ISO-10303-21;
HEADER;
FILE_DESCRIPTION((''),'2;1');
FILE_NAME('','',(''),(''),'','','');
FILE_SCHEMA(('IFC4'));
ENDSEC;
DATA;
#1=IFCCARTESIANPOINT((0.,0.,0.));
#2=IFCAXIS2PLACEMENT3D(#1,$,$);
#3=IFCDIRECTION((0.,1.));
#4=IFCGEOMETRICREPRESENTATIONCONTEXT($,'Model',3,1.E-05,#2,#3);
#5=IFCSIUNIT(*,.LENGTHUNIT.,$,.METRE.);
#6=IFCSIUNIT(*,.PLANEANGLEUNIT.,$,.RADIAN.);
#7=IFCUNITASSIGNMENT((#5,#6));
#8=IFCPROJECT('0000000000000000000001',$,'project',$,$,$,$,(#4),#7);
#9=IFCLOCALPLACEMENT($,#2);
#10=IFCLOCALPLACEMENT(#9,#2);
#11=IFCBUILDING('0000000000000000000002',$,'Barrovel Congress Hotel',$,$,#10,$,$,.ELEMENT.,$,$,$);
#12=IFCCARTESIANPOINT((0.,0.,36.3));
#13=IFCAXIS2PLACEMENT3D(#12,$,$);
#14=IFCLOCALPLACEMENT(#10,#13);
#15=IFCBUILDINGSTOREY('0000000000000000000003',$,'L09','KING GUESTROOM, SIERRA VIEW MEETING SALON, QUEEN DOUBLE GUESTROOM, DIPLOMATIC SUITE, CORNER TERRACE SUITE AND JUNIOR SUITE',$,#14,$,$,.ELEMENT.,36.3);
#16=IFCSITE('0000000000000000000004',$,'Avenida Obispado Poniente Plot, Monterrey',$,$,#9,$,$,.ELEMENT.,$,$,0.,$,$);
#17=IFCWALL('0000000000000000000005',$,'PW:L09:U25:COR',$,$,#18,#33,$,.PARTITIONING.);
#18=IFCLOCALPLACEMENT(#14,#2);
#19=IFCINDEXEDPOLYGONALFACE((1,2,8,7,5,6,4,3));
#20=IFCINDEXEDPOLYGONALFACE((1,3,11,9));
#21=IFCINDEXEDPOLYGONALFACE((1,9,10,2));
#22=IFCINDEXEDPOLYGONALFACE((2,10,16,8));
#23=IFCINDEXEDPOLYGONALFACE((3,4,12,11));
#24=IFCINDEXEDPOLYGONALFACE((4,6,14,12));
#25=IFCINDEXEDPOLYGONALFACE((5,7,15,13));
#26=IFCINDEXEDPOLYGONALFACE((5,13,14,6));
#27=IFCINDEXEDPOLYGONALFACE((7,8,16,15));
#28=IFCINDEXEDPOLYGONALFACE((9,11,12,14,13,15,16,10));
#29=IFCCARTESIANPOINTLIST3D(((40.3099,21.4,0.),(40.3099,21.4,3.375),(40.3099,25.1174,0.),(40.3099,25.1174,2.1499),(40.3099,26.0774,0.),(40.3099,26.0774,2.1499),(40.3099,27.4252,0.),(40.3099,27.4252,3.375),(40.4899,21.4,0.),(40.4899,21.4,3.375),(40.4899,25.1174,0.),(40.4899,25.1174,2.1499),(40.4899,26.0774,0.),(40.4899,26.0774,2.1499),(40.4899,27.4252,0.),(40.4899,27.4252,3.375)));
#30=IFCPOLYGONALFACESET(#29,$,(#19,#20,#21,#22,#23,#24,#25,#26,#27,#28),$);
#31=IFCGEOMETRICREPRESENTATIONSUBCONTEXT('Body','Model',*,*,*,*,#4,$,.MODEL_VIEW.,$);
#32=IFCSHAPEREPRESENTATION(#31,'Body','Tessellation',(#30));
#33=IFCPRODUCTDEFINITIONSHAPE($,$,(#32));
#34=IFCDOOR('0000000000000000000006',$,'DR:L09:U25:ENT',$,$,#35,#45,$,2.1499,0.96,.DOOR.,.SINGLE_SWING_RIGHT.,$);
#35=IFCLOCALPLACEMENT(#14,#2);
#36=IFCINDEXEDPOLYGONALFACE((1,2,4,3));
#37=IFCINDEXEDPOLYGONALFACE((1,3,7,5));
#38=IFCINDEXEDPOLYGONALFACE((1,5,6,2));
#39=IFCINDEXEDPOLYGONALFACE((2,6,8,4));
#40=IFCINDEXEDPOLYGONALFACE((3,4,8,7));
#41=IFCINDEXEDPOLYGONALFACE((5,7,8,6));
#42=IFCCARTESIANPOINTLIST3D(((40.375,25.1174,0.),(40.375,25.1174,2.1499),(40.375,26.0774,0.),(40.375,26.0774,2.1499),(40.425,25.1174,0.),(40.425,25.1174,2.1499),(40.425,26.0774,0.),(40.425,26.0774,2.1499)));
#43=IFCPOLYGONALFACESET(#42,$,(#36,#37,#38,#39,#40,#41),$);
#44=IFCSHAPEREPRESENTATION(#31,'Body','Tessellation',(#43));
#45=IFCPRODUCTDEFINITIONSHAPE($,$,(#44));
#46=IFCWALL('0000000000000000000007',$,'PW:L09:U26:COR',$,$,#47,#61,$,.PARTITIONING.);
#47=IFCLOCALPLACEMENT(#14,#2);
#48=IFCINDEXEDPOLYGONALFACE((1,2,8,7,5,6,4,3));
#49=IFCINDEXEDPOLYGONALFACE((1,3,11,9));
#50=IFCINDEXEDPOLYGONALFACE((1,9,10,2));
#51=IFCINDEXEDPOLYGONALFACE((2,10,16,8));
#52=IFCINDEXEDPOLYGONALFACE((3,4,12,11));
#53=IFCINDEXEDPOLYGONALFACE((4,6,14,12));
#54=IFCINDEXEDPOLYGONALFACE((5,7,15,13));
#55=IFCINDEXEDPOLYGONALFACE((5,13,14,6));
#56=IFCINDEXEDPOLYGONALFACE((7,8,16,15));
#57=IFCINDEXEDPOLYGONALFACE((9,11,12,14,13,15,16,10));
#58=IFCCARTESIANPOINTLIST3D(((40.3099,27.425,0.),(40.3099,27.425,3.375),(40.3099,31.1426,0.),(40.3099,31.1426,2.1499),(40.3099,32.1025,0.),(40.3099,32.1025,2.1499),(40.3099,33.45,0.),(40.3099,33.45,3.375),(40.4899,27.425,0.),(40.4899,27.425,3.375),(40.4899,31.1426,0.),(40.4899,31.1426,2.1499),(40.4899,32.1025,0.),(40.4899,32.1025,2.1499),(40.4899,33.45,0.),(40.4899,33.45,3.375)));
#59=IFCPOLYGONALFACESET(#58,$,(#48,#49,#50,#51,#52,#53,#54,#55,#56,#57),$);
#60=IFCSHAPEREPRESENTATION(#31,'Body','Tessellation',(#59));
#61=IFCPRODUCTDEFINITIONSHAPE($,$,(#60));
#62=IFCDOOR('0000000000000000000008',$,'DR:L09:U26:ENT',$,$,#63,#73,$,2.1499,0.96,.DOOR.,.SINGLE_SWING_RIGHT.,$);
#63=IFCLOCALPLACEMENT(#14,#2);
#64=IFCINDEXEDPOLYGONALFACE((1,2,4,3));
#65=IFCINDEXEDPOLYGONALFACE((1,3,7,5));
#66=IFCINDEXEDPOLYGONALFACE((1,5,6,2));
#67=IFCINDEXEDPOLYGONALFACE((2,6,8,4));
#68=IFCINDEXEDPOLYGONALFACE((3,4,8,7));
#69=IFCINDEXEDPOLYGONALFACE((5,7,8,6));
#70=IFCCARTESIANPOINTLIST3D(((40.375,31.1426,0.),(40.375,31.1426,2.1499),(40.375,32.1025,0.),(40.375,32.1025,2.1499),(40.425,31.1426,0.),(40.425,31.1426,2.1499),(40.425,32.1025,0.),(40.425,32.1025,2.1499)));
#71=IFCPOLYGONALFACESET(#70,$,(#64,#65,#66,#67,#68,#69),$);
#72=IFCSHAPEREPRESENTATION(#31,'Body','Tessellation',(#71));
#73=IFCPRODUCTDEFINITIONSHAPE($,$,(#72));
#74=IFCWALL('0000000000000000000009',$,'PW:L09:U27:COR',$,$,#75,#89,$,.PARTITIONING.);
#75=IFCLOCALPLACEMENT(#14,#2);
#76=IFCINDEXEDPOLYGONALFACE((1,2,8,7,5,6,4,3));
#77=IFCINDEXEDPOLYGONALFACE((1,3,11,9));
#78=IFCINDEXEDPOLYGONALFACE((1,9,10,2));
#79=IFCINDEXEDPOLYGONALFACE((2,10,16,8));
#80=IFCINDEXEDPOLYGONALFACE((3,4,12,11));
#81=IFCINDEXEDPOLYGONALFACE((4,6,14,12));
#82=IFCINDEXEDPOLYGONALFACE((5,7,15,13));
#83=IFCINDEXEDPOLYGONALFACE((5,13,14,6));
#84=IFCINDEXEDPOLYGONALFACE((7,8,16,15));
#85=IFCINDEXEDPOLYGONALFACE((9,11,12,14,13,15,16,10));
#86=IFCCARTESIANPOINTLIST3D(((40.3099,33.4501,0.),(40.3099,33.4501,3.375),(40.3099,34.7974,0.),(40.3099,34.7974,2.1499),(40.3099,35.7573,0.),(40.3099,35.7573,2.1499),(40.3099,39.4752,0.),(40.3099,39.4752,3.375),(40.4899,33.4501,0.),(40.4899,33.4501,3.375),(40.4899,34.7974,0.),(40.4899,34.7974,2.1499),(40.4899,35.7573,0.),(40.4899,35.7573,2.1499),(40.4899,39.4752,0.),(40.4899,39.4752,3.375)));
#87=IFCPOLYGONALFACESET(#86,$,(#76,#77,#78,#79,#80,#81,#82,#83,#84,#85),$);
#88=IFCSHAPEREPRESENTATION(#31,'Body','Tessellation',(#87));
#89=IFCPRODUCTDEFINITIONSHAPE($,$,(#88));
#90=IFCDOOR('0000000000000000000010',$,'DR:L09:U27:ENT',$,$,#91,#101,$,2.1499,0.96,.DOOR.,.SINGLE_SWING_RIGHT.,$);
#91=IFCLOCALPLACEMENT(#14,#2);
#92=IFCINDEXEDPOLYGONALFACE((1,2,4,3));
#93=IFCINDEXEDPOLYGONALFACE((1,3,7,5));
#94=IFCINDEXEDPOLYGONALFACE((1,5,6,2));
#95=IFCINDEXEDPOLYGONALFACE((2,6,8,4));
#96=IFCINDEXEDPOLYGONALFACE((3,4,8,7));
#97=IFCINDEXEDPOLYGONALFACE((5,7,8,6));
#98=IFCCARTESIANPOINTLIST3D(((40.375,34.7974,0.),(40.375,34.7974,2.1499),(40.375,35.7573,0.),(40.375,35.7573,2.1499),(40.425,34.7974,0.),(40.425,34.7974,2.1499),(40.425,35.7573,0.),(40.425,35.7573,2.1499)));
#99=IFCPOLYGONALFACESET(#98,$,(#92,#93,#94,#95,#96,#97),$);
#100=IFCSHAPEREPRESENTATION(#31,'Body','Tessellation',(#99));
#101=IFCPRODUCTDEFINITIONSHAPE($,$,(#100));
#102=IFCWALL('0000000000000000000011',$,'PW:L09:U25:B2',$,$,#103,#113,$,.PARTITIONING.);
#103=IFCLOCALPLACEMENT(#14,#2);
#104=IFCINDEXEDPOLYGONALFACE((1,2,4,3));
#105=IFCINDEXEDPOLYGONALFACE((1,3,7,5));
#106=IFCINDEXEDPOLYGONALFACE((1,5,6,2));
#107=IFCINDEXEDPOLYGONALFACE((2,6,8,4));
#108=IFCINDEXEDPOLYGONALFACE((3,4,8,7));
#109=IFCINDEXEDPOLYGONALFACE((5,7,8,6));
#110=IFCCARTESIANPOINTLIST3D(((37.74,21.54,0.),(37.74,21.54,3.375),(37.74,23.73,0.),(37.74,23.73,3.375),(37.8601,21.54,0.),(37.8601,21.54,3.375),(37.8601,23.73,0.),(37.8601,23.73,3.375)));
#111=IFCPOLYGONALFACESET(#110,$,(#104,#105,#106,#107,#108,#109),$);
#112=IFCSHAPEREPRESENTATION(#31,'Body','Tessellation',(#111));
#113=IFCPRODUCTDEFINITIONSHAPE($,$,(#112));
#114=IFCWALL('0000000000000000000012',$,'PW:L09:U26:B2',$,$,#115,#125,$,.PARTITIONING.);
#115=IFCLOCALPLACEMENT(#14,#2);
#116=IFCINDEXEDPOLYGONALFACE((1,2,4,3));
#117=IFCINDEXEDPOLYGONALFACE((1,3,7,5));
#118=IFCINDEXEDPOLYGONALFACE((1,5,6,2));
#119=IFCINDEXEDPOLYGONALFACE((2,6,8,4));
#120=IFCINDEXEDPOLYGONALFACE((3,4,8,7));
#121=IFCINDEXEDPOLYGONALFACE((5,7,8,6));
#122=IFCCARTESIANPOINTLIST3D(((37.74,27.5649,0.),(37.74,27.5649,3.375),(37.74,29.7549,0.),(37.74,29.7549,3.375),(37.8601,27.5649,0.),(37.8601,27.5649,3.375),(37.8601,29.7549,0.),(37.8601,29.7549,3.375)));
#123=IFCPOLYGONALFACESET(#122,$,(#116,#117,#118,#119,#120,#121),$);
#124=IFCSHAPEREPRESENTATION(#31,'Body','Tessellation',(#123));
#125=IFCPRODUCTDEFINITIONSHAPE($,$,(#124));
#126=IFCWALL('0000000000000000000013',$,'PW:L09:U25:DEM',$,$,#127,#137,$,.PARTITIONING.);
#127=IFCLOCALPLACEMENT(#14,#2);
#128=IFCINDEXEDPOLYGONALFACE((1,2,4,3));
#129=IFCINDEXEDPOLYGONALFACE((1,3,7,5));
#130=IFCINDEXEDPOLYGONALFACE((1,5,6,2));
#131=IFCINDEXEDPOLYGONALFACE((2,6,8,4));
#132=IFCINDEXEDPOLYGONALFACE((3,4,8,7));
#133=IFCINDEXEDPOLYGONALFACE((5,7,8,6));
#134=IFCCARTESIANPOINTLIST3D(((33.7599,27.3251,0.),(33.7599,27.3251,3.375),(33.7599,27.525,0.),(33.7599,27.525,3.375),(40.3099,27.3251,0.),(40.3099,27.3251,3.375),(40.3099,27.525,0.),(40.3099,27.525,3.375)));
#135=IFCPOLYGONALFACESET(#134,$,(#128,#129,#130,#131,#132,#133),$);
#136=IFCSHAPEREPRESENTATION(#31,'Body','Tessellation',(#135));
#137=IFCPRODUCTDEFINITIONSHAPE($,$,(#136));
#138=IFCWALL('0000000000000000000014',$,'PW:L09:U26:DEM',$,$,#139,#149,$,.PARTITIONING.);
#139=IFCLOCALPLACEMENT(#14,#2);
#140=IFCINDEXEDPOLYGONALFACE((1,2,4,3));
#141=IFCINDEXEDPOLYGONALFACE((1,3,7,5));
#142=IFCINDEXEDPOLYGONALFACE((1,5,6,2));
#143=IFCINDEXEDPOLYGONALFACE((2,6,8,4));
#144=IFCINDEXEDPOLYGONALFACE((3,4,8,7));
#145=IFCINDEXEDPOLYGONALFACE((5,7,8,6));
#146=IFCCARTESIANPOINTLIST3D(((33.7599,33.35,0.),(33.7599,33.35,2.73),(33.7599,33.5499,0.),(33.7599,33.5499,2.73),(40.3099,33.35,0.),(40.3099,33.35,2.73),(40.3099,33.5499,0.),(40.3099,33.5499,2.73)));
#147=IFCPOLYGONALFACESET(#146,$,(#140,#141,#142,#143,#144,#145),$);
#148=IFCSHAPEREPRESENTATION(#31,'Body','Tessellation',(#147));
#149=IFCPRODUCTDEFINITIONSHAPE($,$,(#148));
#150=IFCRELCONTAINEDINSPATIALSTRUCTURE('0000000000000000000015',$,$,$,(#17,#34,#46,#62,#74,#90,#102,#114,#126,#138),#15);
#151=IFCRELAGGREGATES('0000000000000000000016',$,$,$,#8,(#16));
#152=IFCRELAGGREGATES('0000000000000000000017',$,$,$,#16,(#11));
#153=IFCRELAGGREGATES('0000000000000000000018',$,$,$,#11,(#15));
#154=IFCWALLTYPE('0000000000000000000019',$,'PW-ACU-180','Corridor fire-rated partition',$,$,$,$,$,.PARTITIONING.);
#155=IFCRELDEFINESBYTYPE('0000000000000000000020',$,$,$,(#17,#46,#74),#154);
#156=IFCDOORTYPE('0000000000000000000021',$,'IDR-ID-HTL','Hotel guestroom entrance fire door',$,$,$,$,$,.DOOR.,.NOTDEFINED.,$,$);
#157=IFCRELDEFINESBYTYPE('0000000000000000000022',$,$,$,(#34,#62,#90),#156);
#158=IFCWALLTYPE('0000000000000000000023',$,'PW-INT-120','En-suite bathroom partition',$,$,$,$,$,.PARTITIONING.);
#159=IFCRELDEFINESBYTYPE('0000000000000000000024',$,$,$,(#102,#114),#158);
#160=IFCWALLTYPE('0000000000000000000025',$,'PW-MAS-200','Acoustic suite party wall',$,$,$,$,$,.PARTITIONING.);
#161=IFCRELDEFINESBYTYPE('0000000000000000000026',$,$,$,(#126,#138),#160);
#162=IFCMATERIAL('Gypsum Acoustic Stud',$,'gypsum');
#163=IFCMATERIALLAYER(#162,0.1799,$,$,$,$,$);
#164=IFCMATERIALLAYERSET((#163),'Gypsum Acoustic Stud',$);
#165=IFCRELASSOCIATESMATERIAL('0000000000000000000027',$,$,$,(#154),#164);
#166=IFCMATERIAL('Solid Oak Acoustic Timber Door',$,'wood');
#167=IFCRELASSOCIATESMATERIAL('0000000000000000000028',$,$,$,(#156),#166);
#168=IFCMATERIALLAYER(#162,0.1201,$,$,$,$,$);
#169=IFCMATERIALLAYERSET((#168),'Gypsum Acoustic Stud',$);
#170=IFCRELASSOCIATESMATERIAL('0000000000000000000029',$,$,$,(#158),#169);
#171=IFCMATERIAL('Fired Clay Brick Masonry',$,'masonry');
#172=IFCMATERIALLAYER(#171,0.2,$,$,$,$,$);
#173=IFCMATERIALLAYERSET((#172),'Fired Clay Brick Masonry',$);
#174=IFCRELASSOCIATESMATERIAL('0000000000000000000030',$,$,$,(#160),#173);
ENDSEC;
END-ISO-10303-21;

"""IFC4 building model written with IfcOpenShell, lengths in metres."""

from ifc_helpers import new_model, si_unit, direction, frame, frame_2d, origin, place, context, subcontext, project, spatial, rectangle, extrude, material, layer, layer_set, type_object, element, fill, save


model = new_model("IFC4")

# Units and contexts
model_context = context("Model", 3, precision=1e-05, world=origin(), true_north=direction((0.0, 1.0)))
body_context = subcontext(model_context, "Body", "Model", "MODEL_VIEW")
ifc_project = project(units=[si_unit("LENGTHUNIT", "METRE"), si_unit("PLANEANGLEUNIT", "RADIAN")], contexts=[model_context])

# Site, building, storey
site_placement = place(None, origin())
site = spatial("IfcSite", under=ifc_project, at=site_placement, Name="Avenida Obispado Poniente Plot, Monterrey", CompositionType="ELEMENT", RefElevation=0.0)
building_placement = place(site_placement, origin())
building = spatial("IfcBuilding", under=site, at=building_placement, Name="Barrovel Congress Hotel", CompositionType="ELEMENT")
storey_placement = place(building_placement, frame((0.0, 0.0, 36.3)))
storey = spatial("IfcBuildingStorey", under=building, at=storey_placement, Name="L09", Description="KING GUESTROOM, SIERRA VIEW MEETING SALON, QUEEN DOUBLE GUESTROOM, DIPLOMATIC SUITE, CORNER TERRACE SUITE AND JUNIOR SUITE", CompositionType="ELEMENT", Elevation=36.3)

# Shared definitions
ifc_material_1 = material(Name="Fired Clay Brick Masonry", Category="masonry")

# Walls, openings, doors
ifc_material_2 = material(Name="Gypsum Acoustic Stud", Category="gypsum")
ifc_layer_1 = layer(ifc_material_2, 0.1799)
ifc_layer_set_1 = layer_set([ifc_layer_1], Name="Gypsum Acoustic Stud")
wall_type_1 = type_object("IfcWallType", Name="PW-ACU-180", Description="Corridor fire-rated partition", PredefinedType="PARTITIONING", material=ifc_layer_set_1)
wall_1_placement = place(storey_placement, frame((40.3999, 21.3999, 0.0), z_axis=(0.0, 0.0, 1.0), x_axis=(0.0, 1.0, 0.0)))
wall_1 = element("IfcWall", 1, at=wall_1_placement, inside=storey, type_object=wall_type_1, Name="PW:L09:U25:COR", PredefinedType="PARTITIONING", context=body_context, shape_type="SweptSolid", body=[
    extrude(rectangle(XDim=6.0251, YDim=0.1799, at=frame_2d((3.0127, 0.0))), origin(), (0.0, 0.0, 1.0), 3.375),
])
opening_1_placement = place(wall_1_placement, frame((3.7175, 0.0, 0.0)))
opening_1 = element("IfcOpeningElement", 2, at=opening_1_placement, cuts=wall_1, PredefinedType="OPENING", context=body_context, shape_type="SweptSolid", body=[
    extrude(rectangle(XDim=0.96, YDim=2.1499, at=frame_2d((0.48, 1.075))), frame((0.0, 0.1001, 0.0), z_axis=(0.0, -1.0, 0.0), x_axis=(1.0, 0.0, 0.0)), (0.0, 0.0, 1.0), 0.2),
])
ifc_material_3 = material(Name="Solid Oak Acoustic Timber Door", Category="wood")
door_type_1 = type_object("IfcDoorType", Name="IDR-ID-HTL", Description="Hotel guestroom entrance fire door", OperationType="NOTDEFINED", PredefinedType="DOOR", material=ifc_material_3)
door_1_placement = place(opening_1_placement, origin())
door_1 = element("IfcDoor", 3, at=door_1_placement, inside=storey, type_object=door_type_1, Name="DR:L09:U25:ENT", OperationType="SINGLE_SWING_RIGHT", OverallHeight=2.1499, OverallWidth=0.96, PredefinedType="DOOR", context=body_context, shape_type="SweptSolid", body=[
    extrude(rectangle(XDim=0.96, YDim=2.1499, at=frame_2d((0.48, 1.075))), frame((0.0, 0.0249, 0.0), z_axis=(0.0, -1.0, 0.0), x_axis=(1.0, 0.0, 0.0)), (0.0, 0.0, 1.0), 0.05),
])
fill(opening_1, door_1)
wall_2_placement = place(storey_placement, frame((40.3999, 27.425, 0.0), z_axis=(0.0, 0.0, 1.0), x_axis=(0.0, 1.0, 0.0)))
wall_2 = element("IfcWall", 4, at=wall_2_placement, inside=storey, type_object=wall_type_1, Name="PW:L09:U26:COR", PredefinedType="PARTITIONING", context=body_context, shape_type="SweptSolid", body=[
    extrude(rectangle(XDim=6.0249, YDim=0.1799, at=frame_2d((3.0125, 0.0))), origin(), (0.0, 0.0, 1.0), 3.375),
])
opening_2_placement = place(wall_2_placement, frame((3.7175, 0.0, 0.0)))
opening_2 = element("IfcOpeningElement", 5, at=opening_2_placement, cuts=wall_2, PredefinedType="OPENING", context=body_context, shape_type="SweptSolid", body=[
    extrude(rectangle(XDim=0.96, YDim=2.1499, at=frame_2d((0.48, 1.075))), frame((0.0, 0.1001, 0.0), z_axis=(0.0, -1.0, 0.0), x_axis=(1.0, 0.0, 0.0)), (0.0, 0.0, 1.0), 0.2),
])
door_2_placement = place(opening_2_placement, origin())
door_2 = element("IfcDoor", 6, at=door_2_placement, inside=storey, type_object=door_type_1, Name="DR:L09:U26:ENT", OperationType="SINGLE_SWING_RIGHT", OverallHeight=2.1499, OverallWidth=0.96, PredefinedType="DOOR", context=body_context, shape_type="SweptSolid", body=[
    extrude(rectangle(XDim=0.96, YDim=2.1499, at=frame_2d((0.48, 1.075))), frame((0.0, 0.0249, 0.0), z_axis=(0.0, -1.0, 0.0), x_axis=(1.0, 0.0, 0.0)), (0.0, 0.0, 1.0), 0.05),
])
fill(opening_2, door_2)
wall_3_placement = place(storey_placement, frame((40.3999, 33.45, 0.0), z_axis=(0.0, 0.0, 1.0), x_axis=(0.0, 1.0, 0.0)))
wall_3 = element("IfcWall", 7, at=wall_3_placement, inside=storey, type_object=wall_type_1, Name="PW:L09:U27:COR", PredefinedType="PARTITIONING", context=body_context, shape_type="SweptSolid", body=[
    extrude(rectangle(XDim=6.0251, YDim=0.1799, at=frame_2d((3.0127, 0.0))), origin(), (0.0, 0.0, 1.0), 3.375),
])
opening_3_placement = place(wall_3_placement, frame((1.3474, 0.0, 0.0)))
opening_3 = element("IfcOpeningElement", 8, at=opening_3_placement, cuts=wall_3, PredefinedType="OPENING", context=body_context, shape_type="SweptSolid", body=[
    extrude(rectangle(XDim=0.96, YDim=2.1499, at=frame_2d((0.48, 1.075))), frame((0.0, 0.1001, 0.0), z_axis=(0.0, -1.0, 0.0), x_axis=(1.0, 0.0, 0.0)), (0.0, 0.0, 1.0), 0.2),
])
door_3_placement = place(opening_3_placement, origin())
door_3 = element("IfcDoor", 9, at=door_3_placement, inside=storey, type_object=door_type_1, Name="DR:L09:U27:ENT", OperationType="SINGLE_SWING_RIGHT", OverallHeight=2.1499, OverallWidth=0.96, PredefinedType="DOOR", context=body_context, shape_type="SweptSolid", body=[
    extrude(rectangle(XDim=0.96, YDim=2.1499, at=frame_2d((0.48, 1.075))), frame((0.0, 0.0249, 0.0), z_axis=(0.0, -1.0, 0.0), x_axis=(1.0, 0.0, 0.0)), (0.0, 0.0, 1.0), 0.05),
])
fill(opening_3, door_3)

# Walls
ifc_layer_2 = layer(ifc_material_2, 0.1201)
ifc_layer_set_2 = layer_set([ifc_layer_2], Name="Gypsum Acoustic Stud")
wall_type_2 = type_object("IfcWallType", Name="PW-INT-120", Description="En-suite bathroom partition", PredefinedType="PARTITIONING", material=ifc_layer_set_2)
for number, where, z_axis, x_axis, name in (
    (10, (37.8, 21.54, 0.0), (0.0, 0.0, 1.0), (0.0, 1.0, 0.0), "PW:L09:U25:B2"),
    (11, (37.8, 27.5649, 0.0), (0.0, 0.0, 1.0), (0.0, 1.0, 0.0), "PW:L09:U26:B2"),
):
    element("IfcWall", number, at=place(storey_placement, frame(where, z_axis=z_axis, x_axis=x_axis)), inside=storey, type_object=wall_type_2, Name=name, PredefinedType="PARTITIONING", context=body_context, shape_type="SweptSolid", body=[
        extrude(rectangle(XDim=2.1899, YDim=0.1201, at=frame_2d((1.095, 0.0))), origin(), (0.0, 0.0, 1.0), 3.375),
    ])
ifc_layer_3 = layer(ifc_material_1, 0.2)
ifc_layer_set_3 = layer_set([ifc_layer_3], Name="Fired Clay Brick Masonry")
wall_type_3 = type_object("IfcWallType", Name="PW-MAS-200", Description="Acoustic suite party wall", PredefinedType="PARTITIONING", material=ifc_layer_set_3)
wall_4_placement = place(storey_placement, frame((33.76, 27.425, 0.0), z_axis=(0.0, 0.0, 1.0), x_axis=(1.0, 0.0, 0.0)))
element("IfcWall", 12, at=wall_4_placement, inside=storey, type_object=wall_type_3, Name="PW:L09:U25:DEM", PredefinedType="PARTITIONING", context=body_context, shape_type="SweptSolid", body=[
    extrude(rectangle(XDim=6.55, YDim=0.2, at=frame_2d((3.2749, 0.0))), origin(), (0.0, 0.0, 1.0), 3.375),
])
wall_5_placement = place(storey_placement, frame((33.76, 33.45, 0.0), z_axis=(0.0, 0.0, 1.0), x_axis=(1.0, 0.0, 0.0)))
element("IfcWall", 13, at=wall_5_placement, inside=storey, type_object=wall_type_3, Name="PW:L09:U26:DEM", PredefinedType="PARTITIONING", context=body_context, shape_type="SweptSolid", body=[
    extrude(rectangle(XDim=6.55, YDim=0.2, at=frame_2d((3.2749, 0.0))), origin(), (0.0, 0.0, 1.0), 2.73),
])

save(model, "model.ifc")
